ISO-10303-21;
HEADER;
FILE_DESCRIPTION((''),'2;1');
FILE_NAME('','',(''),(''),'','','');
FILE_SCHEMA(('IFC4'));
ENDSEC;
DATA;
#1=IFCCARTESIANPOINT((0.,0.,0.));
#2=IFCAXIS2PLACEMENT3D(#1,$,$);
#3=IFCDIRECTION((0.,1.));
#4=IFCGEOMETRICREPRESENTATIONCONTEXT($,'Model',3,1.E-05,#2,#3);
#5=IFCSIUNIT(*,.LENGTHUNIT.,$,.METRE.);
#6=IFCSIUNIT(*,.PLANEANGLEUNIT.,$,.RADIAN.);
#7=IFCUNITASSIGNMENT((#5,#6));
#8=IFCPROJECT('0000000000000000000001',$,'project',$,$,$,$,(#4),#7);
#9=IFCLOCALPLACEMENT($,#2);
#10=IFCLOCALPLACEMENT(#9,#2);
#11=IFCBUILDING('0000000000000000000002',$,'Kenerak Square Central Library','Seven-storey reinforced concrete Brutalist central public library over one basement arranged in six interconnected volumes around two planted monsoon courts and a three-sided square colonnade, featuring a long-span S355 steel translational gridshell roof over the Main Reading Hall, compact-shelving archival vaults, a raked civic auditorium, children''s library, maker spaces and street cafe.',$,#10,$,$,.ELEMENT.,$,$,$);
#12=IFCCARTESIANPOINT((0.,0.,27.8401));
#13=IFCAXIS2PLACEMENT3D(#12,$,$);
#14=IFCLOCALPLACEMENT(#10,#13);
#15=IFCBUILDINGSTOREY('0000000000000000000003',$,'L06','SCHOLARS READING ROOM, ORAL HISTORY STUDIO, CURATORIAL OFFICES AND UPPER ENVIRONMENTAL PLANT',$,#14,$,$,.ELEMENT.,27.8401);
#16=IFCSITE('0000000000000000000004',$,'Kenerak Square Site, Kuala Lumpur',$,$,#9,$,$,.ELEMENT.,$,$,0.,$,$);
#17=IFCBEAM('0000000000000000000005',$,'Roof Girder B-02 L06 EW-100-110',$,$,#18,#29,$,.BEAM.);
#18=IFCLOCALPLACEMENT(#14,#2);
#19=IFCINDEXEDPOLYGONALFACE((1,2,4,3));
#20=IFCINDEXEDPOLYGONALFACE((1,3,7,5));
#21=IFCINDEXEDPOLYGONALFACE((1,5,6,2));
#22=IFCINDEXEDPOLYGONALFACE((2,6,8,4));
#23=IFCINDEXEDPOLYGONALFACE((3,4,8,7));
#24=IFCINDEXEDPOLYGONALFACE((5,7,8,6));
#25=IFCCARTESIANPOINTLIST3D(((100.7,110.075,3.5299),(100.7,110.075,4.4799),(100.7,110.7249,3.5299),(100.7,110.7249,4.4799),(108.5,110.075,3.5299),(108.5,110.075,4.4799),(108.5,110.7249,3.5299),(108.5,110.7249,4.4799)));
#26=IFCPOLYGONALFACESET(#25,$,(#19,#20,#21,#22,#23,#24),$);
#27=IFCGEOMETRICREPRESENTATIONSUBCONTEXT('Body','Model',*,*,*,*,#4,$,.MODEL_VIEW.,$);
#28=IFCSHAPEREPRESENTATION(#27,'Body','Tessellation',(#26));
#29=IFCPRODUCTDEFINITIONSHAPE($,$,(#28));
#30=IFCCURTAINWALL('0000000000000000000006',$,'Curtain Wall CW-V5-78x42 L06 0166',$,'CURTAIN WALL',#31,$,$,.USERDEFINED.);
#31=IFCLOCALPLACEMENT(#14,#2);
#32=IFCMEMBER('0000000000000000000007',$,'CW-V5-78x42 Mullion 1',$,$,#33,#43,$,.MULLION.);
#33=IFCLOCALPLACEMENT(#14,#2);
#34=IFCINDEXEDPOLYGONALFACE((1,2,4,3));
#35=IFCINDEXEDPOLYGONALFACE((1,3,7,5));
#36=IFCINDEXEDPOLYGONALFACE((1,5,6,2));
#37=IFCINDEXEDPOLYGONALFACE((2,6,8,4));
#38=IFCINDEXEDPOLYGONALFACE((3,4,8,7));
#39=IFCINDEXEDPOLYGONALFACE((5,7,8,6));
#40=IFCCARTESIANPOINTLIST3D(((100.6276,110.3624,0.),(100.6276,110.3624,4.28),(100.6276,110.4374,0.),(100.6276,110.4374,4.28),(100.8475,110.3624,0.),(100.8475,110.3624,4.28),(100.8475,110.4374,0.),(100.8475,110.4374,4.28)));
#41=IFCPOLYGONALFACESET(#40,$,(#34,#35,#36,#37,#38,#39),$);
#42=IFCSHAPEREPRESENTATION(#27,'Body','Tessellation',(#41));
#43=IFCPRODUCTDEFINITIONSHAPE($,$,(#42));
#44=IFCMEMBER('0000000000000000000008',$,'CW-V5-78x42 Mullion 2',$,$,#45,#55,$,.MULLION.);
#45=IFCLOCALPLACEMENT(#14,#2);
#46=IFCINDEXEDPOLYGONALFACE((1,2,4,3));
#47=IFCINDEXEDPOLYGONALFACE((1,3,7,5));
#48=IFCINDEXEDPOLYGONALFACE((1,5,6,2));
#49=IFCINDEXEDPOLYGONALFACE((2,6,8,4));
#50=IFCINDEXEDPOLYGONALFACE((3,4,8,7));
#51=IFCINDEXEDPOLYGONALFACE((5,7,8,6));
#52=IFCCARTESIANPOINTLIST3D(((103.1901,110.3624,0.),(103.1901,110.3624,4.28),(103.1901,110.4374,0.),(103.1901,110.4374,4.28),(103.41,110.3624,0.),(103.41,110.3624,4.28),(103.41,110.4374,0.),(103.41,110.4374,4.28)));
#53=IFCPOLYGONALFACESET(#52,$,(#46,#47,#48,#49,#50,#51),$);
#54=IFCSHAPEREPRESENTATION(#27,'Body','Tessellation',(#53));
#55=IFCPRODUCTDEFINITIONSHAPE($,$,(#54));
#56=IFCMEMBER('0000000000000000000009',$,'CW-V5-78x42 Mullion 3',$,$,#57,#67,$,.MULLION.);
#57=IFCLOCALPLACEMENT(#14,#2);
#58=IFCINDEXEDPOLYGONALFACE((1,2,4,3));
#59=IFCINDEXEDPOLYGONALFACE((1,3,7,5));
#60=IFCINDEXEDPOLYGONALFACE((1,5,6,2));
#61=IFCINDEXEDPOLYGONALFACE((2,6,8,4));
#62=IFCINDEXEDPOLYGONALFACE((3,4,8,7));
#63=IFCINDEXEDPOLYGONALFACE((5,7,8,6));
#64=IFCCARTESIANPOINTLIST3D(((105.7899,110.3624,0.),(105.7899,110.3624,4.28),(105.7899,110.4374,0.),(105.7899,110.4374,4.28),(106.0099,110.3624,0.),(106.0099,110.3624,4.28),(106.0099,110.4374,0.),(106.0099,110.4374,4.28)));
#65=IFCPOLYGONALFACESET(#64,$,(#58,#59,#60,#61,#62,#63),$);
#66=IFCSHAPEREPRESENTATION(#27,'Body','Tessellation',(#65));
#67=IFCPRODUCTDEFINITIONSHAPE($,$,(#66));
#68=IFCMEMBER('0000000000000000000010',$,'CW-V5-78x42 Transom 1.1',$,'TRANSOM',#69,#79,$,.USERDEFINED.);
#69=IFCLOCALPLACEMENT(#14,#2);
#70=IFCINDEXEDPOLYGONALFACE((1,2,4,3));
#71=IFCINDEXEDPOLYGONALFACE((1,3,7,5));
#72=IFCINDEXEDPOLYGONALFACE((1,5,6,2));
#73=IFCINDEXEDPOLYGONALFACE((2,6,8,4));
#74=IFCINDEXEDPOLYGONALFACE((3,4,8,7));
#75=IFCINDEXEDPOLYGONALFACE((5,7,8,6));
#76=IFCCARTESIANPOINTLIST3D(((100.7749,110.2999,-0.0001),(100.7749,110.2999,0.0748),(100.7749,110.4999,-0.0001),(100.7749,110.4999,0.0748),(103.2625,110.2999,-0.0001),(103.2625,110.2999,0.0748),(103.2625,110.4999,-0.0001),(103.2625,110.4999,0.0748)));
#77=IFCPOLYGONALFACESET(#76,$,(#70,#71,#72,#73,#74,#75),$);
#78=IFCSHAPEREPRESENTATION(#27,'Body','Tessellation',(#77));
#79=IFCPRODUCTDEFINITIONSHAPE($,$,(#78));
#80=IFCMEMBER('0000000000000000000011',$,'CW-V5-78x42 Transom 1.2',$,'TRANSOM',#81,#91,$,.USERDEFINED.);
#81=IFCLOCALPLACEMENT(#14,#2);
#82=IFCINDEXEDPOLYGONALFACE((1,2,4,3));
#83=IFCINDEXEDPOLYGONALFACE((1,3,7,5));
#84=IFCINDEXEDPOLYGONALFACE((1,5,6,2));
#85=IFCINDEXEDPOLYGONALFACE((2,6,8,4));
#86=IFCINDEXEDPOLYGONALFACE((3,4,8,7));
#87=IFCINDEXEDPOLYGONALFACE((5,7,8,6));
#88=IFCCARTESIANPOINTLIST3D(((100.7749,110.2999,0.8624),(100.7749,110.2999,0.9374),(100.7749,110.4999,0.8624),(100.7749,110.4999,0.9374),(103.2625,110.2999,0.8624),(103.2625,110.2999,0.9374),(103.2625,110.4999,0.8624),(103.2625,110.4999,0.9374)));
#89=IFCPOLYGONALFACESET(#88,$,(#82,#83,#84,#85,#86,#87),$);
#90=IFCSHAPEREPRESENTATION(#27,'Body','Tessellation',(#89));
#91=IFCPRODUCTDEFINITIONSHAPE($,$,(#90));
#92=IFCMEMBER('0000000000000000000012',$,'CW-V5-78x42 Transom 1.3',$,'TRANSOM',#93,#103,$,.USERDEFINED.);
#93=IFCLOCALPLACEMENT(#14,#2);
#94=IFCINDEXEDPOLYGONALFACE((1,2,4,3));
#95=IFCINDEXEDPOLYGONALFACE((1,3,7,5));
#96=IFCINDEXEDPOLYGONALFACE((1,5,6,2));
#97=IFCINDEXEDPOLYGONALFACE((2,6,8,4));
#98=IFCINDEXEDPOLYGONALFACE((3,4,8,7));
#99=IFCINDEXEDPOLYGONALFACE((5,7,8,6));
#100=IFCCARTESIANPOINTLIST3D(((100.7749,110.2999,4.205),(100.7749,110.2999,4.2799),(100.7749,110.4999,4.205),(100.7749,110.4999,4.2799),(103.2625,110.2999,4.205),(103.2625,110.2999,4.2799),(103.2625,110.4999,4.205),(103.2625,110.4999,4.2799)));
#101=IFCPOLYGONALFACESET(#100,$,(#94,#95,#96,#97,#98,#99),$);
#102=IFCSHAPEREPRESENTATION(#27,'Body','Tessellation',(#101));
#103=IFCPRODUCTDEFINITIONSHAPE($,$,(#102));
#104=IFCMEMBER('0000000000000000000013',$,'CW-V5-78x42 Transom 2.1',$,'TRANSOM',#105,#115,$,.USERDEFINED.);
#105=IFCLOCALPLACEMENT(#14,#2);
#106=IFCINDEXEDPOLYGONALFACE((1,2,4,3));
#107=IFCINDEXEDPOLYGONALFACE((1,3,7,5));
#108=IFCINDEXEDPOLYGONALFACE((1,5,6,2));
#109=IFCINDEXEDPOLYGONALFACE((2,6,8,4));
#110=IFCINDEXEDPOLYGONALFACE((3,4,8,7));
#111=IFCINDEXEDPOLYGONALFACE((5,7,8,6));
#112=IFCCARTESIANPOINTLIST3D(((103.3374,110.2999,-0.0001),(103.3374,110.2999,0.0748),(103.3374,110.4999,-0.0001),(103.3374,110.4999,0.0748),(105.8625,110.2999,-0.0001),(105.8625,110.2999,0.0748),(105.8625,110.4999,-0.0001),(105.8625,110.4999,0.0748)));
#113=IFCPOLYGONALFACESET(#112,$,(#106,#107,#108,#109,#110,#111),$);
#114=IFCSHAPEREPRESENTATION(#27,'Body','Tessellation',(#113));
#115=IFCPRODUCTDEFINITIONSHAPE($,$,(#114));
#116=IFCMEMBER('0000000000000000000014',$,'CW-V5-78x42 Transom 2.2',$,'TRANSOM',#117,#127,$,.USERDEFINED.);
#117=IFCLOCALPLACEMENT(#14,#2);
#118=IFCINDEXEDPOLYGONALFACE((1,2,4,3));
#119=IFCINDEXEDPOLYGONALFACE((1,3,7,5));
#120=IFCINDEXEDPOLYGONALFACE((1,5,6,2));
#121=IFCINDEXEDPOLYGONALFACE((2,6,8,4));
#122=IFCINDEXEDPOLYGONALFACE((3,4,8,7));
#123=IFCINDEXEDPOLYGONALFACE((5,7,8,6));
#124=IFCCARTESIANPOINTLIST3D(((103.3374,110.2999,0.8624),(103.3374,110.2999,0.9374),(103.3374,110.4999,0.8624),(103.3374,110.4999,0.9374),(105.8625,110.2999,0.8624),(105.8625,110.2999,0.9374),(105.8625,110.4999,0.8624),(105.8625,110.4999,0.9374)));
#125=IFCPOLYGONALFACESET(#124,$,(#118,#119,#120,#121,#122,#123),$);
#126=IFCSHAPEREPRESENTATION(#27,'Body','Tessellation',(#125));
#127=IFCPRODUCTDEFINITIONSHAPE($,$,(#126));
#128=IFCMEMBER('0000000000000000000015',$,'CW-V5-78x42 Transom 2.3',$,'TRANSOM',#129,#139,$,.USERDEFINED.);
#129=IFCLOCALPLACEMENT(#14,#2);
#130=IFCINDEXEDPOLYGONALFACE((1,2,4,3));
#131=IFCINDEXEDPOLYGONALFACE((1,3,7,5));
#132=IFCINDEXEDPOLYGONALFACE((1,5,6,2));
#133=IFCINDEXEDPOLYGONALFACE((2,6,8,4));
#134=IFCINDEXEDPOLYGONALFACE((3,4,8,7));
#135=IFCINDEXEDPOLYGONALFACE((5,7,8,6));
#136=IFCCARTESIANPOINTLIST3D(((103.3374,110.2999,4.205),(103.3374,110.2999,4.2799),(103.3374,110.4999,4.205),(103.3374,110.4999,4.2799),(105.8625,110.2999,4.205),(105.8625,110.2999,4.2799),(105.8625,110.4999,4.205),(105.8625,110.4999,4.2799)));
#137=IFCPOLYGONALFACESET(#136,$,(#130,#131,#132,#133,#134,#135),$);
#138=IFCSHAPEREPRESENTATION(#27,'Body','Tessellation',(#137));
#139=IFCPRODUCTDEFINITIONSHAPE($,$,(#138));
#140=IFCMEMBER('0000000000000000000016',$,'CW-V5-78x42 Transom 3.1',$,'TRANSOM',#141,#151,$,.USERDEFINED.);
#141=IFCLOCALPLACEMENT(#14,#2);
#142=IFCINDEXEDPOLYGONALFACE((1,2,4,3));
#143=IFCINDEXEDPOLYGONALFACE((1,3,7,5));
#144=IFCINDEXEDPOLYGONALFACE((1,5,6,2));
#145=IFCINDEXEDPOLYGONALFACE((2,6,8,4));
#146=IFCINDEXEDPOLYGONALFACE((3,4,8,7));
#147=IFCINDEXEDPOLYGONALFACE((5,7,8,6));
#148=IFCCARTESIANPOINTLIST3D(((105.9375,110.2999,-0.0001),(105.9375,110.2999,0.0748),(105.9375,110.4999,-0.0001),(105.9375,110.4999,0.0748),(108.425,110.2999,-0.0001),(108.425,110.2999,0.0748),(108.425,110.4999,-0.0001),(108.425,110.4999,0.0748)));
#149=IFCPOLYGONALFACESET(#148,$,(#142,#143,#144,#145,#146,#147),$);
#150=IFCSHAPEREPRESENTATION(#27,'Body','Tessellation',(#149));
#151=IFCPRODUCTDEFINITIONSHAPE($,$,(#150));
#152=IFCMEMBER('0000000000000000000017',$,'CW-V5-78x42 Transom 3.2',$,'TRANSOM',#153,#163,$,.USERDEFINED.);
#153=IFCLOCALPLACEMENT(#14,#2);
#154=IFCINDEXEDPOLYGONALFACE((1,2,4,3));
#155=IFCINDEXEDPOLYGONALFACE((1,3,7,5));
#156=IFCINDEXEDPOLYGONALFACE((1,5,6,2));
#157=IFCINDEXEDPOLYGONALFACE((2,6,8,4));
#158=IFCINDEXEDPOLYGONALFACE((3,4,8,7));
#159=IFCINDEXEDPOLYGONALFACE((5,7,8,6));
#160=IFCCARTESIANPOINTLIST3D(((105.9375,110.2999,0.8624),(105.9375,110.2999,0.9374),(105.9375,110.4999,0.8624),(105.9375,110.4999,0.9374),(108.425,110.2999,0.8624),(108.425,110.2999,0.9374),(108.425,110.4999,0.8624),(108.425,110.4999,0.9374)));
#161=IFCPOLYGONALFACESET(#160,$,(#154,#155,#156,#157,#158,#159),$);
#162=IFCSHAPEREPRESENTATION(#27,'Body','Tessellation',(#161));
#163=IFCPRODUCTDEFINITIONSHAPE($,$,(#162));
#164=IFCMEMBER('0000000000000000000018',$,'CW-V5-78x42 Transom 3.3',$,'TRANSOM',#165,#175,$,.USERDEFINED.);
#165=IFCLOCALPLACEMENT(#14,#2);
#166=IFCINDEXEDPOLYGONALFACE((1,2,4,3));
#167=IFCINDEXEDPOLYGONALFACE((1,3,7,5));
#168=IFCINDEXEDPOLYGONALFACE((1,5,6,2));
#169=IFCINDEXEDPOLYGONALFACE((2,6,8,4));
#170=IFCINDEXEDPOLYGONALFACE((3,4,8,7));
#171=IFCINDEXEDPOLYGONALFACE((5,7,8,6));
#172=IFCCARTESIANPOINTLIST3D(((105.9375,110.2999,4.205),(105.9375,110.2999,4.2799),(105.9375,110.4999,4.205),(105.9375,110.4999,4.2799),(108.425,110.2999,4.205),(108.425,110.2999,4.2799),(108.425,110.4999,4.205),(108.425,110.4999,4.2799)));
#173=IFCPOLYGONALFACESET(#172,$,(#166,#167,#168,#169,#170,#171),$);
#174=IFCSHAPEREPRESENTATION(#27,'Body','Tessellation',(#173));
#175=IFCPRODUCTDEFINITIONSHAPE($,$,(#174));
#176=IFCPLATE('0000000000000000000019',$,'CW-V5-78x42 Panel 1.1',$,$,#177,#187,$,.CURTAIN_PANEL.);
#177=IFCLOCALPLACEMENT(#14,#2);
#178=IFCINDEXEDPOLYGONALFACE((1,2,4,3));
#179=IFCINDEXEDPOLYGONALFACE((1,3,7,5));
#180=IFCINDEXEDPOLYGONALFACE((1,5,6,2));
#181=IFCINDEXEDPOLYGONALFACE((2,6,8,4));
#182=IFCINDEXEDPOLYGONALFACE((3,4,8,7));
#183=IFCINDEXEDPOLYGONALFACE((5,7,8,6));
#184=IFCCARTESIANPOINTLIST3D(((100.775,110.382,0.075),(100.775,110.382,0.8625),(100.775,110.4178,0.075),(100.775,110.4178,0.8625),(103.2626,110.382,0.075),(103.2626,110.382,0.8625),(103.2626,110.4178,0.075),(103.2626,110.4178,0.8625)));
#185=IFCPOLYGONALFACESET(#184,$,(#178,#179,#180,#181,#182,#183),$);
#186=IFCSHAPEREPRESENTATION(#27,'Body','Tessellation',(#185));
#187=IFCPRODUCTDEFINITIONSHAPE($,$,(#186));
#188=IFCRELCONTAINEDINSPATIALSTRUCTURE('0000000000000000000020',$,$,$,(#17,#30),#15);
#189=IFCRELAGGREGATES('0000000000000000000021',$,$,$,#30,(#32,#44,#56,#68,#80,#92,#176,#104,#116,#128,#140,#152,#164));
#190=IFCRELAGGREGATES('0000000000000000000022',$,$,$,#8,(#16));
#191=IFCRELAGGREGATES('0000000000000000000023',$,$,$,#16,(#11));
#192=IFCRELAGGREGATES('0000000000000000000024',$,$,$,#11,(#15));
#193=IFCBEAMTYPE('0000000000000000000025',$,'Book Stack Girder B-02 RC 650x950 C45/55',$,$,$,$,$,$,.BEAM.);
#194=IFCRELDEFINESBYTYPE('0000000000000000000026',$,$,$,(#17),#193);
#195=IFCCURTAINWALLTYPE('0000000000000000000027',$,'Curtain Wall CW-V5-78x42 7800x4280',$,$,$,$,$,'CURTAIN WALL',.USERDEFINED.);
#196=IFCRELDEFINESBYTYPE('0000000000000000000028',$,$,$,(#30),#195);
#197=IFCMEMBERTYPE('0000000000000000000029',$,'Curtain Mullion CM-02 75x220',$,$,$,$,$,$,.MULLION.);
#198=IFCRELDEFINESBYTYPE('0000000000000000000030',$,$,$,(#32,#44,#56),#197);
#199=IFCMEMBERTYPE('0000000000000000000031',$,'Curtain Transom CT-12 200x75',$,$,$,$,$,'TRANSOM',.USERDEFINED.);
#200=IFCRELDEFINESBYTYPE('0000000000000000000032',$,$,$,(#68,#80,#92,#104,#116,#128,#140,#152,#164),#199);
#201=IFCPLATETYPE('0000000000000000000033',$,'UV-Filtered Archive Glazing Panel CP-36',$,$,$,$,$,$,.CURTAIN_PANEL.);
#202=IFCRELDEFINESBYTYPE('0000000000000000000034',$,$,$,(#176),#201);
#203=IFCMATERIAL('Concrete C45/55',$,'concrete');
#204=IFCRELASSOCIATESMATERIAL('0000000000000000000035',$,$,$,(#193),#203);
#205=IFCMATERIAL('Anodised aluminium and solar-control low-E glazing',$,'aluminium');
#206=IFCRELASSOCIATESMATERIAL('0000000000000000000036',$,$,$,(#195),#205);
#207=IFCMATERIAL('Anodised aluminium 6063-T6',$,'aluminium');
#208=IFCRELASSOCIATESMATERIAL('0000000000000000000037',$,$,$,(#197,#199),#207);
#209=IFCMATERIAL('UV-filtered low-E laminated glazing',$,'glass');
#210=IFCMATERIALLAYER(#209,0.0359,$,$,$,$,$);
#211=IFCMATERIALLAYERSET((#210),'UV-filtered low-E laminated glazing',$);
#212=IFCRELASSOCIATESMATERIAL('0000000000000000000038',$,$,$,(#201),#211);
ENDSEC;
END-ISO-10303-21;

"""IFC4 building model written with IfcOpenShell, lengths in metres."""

from ifc_helpers import new_model, si_unit, direction, frame, origin, origin_2d, place, context, subcontext, project, spatial, rectangle, extrude, material, layer, layer_set, material_profile, profile_set, type_object, element, aggregate, save


model = new_model("IFC4")

# Units and contexts
model_context = context("Model", 3, precision=1e-05, world=origin(), true_north=direction((0.0, 1.0)))
body_context = subcontext(model_context, "Body", "Model", "MODEL_VIEW")
ifc_project = project(units=[si_unit("LENGTHUNIT", "METRE"), si_unit("PLANEANGLEUNIT", "RADIAN")], contexts=[model_context])

# Site, building, storey
site_placement = place(None, origin())
site = spatial("IfcSite", under=ifc_project, at=site_placement, Name="Kenerak Square Site, Kuala Lumpur", CompositionType="ELEMENT", RefElevation=0.0)
building_placement = place(site_placement, origin())
building = spatial("IfcBuilding", under=site, at=building_placement, Name="Kenerak Square Central Library", Description="Seven-storey reinforced concrete Brutalist central public library over one basement arranged in six interconnected volumes around two planted monsoon courts and a three-sided square colonnade, featuring a long-span S355 steel translational gridshell roof over the Main Reading Hall, compact-shelving archival vaults, a raked civic auditorium, children's library, maker spaces and street cafe.", CompositionType="ELEMENT")
storey_placement = place(building_placement, frame((0.0, 0.0, 27.8401)))
storey = spatial("IfcBuildingStorey", under=building, at=storey_placement, Name="L06", Description="SCHOLARS READING ROOM, ORAL HISTORY STUDIO, CURATORIAL OFFICES AND UPPER ENVIRONMENTAL PLANT", CompositionType="ELEMENT", Elevation=27.8401)

# Beam
ifc_material_1 = material(Name="Concrete C45/55", Category="concrete")
ifc_material_profile_1 = material_profile(ifc_material_1, rectangle(XDim=0.6499, YDim=0.95, at=origin_2d()), Name="RC 650x950")
ifc_profile_set_1 = profile_set([ifc_material_profile_1], Name="Concrete C45/55")
beam_type = type_object("IfcBeamType", Name="Book Stack Girder B-02 RC 650x950 C45/55", PredefinedType="BEAM", material=ifc_profile_set_1)
beam_placement = place(storey_placement, frame((100.7, 110.3999, 4.0049), z_axis=(1.0, 0.0, 0.0), x_axis=(0.0, 1.0, 0.0)))
element("IfcBeam", 1, at=beam_placement, inside=storey, type_object=beam_type, Name="Roof Girder B-02 L06 EW-100-110", PredefinedType="BEAM", context=body_context, shape_type="SweptSolid", body=[
    extrude(rectangle(XDim=0.6499, YDim=0.95, at=origin_2d()), origin(), (0.0, 0.0, 1.0), 7.8),
])

# Curtain wall, members, plate
ifc_material_2 = material(Name="Anodised aluminium and solar-control low-E glazing", Category="aluminium")
curtain_wall_type = type_object("IfcCurtainWallType", Name="Curtain Wall CW-V5-78x42 7800x4280", ElementType="CURTAIN WALL", PredefinedType="USERDEFINED", material=ifc_material_2)
curtain_wall_placement = place(storey_placement, origin())
curtain_wall = element("IfcCurtainWall", 2, at=curtain_wall_placement, inside=storey, type_object=curtain_wall_type, Name="Curtain Wall CW-V5-78x42 L06 0166", ObjectType="CURTAIN WALL", PredefinedType="USERDEFINED")
ifc_material_3 = material(Name="Anodised aluminium 6063-T6", Category="aluminium")
ifc_material_profile_2 = material_profile(ifc_material_3, rectangle(XDim=0.075, YDim=0.22, at=origin_2d()), Name="AL MULLION 75x220")
ifc_profile_set_2 = profile_set([ifc_material_profile_2], Name="Anodised aluminium 6063-T6")
member_type_1 = type_object("IfcMemberType", Name="Curtain Mullion CM-02 75x220", PredefinedType="MULLION", material=ifc_profile_set_2)
member_1_placement = place(storey_placement, frame((100.7375, 110.3999, 0.0), z_axis=(0.0, 0.0, 1.0), x_axis=(0.0, 1.0, 0.0)))
member_1 = element("IfcMember", 3, at=member_1_placement, type_object=member_type_1, Name="CW-V5-78x42 Mullion 1", PredefinedType="MULLION", context=body_context, shape_type="SweptSolid", body=[
    extrude(rectangle(XDim=0.075, YDim=0.22, at=origin_2d()), origin(), (0.0, 0.0, 1.0), 4.28),
])
member_2_placement = place(storey_placement, frame((103.3, 110.3999, 0.0), z_axis=(0.0, 0.0, 1.0), x_axis=(0.0, 1.0, 0.0)))
member_2 = element("IfcMember", 4, at=member_2_placement, type_object=member_type_1, Name="CW-V5-78x42 Mullion 2", PredefinedType="MULLION", context=body_context, shape_type="SweptSolid", body=[
    extrude(rectangle(XDim=0.075, YDim=0.22, at=origin_2d()), origin(), (0.0, 0.0, 1.0), 4.28),
])
member_3_placement = place(storey_placement, frame((105.8999, 110.3999, 0.0), z_axis=(0.0, 0.0, 1.0), x_axis=(0.0, 1.0, 0.0)))
member_3 = element("IfcMember", 5, at=member_3_placement, type_object=member_type_1, Name="CW-V5-78x42 Mullion 3", PredefinedType="MULLION", context=body_context, shape_type="SweptSolid", body=[
    extrude(rectangle(XDim=0.075, YDim=0.22, at=origin_2d()), origin(), (0.0, 0.0, 1.0), 4.28),
])
ifc_material_profile_3 = material_profile(ifc_material_3, rectangle(XDim=0.2, YDim=0.075, at=origin_2d()), Name="AL TRANSOM 200x75")
ifc_profile_set_3 = profile_set([ifc_material_profile_3], Name="Anodised aluminium 6063-T6")
member_type_2 = type_object("IfcMemberType", Name="Curtain Transom CT-12 200x75", ElementType="TRANSOM", PredefinedType="USERDEFINED", material=ifc_profile_set_3)
member_4_placement = place(storey_placement, frame((100.7749, 110.3999, 0.0374), z_axis=(1.0, 0.0, 0.0), x_axis=(0.0, 1.0, 0.0)))
member_4 = element("IfcMember", 6, at=member_4_placement, type_object=member_type_2, Name="CW-V5-78x42 Transom 1.1", ObjectType="TRANSOM", PredefinedType="USERDEFINED", context=body_context, shape_type="SweptSolid", body=[
    extrude(rectangle(XDim=0.2, YDim=0.075, at=origin_2d()), origin(), (0.0, 0.0, 1.0), 2.4875),
])
member_5_placement = place(storey_placement, frame((100.7749, 110.3999, 0.8999), z_axis=(1.0, 0.0, 0.0), x_axis=(0.0, 1.0, 0.0)))
member_5 = element("IfcMember", 7, at=member_5_placement, type_object=member_type_2, Name="CW-V5-78x42 Transom 1.2", ObjectType="TRANSOM", PredefinedType="USERDEFINED", context=body_context, shape_type="SweptSolid", body=[
    extrude(rectangle(XDim=0.2, YDim=0.075, at=origin_2d()), origin(), (0.0, 0.0, 1.0), 2.4875),
])
member_6_placement = place(storey_placement, frame((100.7749, 110.3999, 4.2424), z_axis=(1.0, 0.0, 0.0), x_axis=(0.0, 1.0, 0.0)))
member_6 = element("IfcMember", 8, at=member_6_placement, type_object=member_type_2, Name="CW-V5-78x42 Transom 1.3", ObjectType="TRANSOM", PredefinedType="USERDEFINED", context=body_context, shape_type="SweptSolid", body=[
    extrude(rectangle(XDim=0.2, YDim=0.075, at=origin_2d()), origin(), (0.0, 0.0, 1.0), 2.4875),
])
member_7_placement = place(storey_placement, frame((103.3374, 110.3999, 0.0374), z_axis=(1.0, 0.0, 0.0), x_axis=(0.0, 1.0, 0.0)))
member_7 = element("IfcMember", 9, at=member_7_placement, type_object=member_type_2, Name="CW-V5-78x42 Transom 2.1", ObjectType="TRANSOM", PredefinedType="USERDEFINED", context=body_context, shape_type="SweptSolid", body=[
    extrude(rectangle(XDim=0.2, YDim=0.075, at=origin_2d()), origin(), (0.0, 0.0, 1.0), 2.5251),
])
member_8_placement = place(storey_placement, frame((103.3374, 110.3999, 0.8999), z_axis=(1.0, 0.0, 0.0), x_axis=(0.0, 1.0, 0.0)))
member_8 = element("IfcMember", 10, at=member_8_placement, type_object=member_type_2, Name="CW-V5-78x42 Transom 2.2", ObjectType="TRANSOM", PredefinedType="USERDEFINED", context=body_context, shape_type="SweptSolid", body=[
    extrude(rectangle(XDim=0.2, YDim=0.075, at=origin_2d()), origin(), (0.0, 0.0, 1.0), 2.5251),
])
member_9_placement = place(storey_placement, frame((103.3374, 110.3999, 4.2424), z_axis=(1.0, 0.0, 0.0), x_axis=(0.0, 1.0, 0.0)))
member_9 = element("IfcMember", 11, at=member_9_placement, type_object=member_type_2, Name="CW-V5-78x42 Transom 2.3", ObjectType="TRANSOM", PredefinedType="USERDEFINED", context=body_context, shape_type="SweptSolid", body=[
    extrude(rectangle(XDim=0.2, YDim=0.075, at=origin_2d()), origin(), (0.0, 0.0, 1.0), 2.5251),
])
member_10_placement = place(storey_placement, frame((105.9375, 110.3999, 0.0374), z_axis=(1.0, 0.0, 0.0), x_axis=(0.0, 1.0, 0.0)))
member_10 = element("IfcMember", 12, at=member_10_placement, type_object=member_type_2, Name="CW-V5-78x42 Transom 3.1", ObjectType="TRANSOM", PredefinedType="USERDEFINED", context=body_context, shape_type="SweptSolid", body=[
    extrude(rectangle(XDim=0.2, YDim=0.075, at=origin_2d()), origin(), (0.0, 0.0, 1.0), 2.4875),
])
member_11_placement = place(storey_placement, frame((105.9375, 110.3999, 0.8999), z_axis=(1.0, 0.0, 0.0), x_axis=(0.0, 1.0, 0.0)))
member_11 = element("IfcMember", 13, at=member_11_placement, type_object=member_type_2, Name="CW-V5-78x42 Transom 3.2", ObjectType="TRANSOM", PredefinedType="USERDEFINED", context=body_context, shape_type="SweptSolid", body=[
    extrude(rectangle(XDim=0.2, YDim=0.075, at=origin_2d()), origin(), (0.0, 0.0, 1.0), 2.4875),
])
member_12_placement = place(storey_placement, frame((105.9375, 110.3999, 4.2424), z_axis=(1.0, 0.0, 0.0), x_axis=(0.0, 1.0, 0.0)))
member_12 = element("IfcMember", 14, at=member_12_placement, type_object=member_type_2, Name="CW-V5-78x42 Transom 3.3", ObjectType="TRANSOM", PredefinedType="USERDEFINED", context=body_context, shape_type="SweptSolid", body=[
    extrude(rectangle(XDim=0.2, YDim=0.075, at=origin_2d()), origin(), (0.0, 0.0, 1.0), 2.4875),
])
ifc_material_4 = material(Name="UV-filtered low-E laminated glazing", Category="glass")
ifc_layer_1 = layer(ifc_material_4, 0.0359)
ifc_layer_set_1 = layer_set([ifc_layer_1], Name="UV-filtered low-E laminated glazing")
plate_type = type_object("IfcPlateType", Name="UV-Filtered Archive Glazing Panel CP-36", PredefinedType="CURTAIN_PANEL", material=ifc_layer_set_1)
plate_1_placement = place(storey_placement, frame((102.0188, 110.3999, 0.075), z_axis=(0.0, 0.0, 1.0), x_axis=(1.0, 0.0, 0.0)))
plate_1 = element("IfcPlate", 15, at=plate_1_placement, type_object=plate_type, Name="CW-V5-78x42 Panel 1.1", PredefinedType="CURTAIN_PANEL", context=body_context, shape_type="SweptSolid", body=[
    extrude(rectangle(XDim=2.4875, YDim=0.0359, at=origin_2d()), origin(), (0.0, 0.0, 1.0), 0.7876),
])
aggregate(curtain_wall, [member_1, member_2, member_3, member_4, member_5, member_6, plate_1, member_7, member_8, member_9, member_10, member_11, member_12])

save(model, "model.ifc")
